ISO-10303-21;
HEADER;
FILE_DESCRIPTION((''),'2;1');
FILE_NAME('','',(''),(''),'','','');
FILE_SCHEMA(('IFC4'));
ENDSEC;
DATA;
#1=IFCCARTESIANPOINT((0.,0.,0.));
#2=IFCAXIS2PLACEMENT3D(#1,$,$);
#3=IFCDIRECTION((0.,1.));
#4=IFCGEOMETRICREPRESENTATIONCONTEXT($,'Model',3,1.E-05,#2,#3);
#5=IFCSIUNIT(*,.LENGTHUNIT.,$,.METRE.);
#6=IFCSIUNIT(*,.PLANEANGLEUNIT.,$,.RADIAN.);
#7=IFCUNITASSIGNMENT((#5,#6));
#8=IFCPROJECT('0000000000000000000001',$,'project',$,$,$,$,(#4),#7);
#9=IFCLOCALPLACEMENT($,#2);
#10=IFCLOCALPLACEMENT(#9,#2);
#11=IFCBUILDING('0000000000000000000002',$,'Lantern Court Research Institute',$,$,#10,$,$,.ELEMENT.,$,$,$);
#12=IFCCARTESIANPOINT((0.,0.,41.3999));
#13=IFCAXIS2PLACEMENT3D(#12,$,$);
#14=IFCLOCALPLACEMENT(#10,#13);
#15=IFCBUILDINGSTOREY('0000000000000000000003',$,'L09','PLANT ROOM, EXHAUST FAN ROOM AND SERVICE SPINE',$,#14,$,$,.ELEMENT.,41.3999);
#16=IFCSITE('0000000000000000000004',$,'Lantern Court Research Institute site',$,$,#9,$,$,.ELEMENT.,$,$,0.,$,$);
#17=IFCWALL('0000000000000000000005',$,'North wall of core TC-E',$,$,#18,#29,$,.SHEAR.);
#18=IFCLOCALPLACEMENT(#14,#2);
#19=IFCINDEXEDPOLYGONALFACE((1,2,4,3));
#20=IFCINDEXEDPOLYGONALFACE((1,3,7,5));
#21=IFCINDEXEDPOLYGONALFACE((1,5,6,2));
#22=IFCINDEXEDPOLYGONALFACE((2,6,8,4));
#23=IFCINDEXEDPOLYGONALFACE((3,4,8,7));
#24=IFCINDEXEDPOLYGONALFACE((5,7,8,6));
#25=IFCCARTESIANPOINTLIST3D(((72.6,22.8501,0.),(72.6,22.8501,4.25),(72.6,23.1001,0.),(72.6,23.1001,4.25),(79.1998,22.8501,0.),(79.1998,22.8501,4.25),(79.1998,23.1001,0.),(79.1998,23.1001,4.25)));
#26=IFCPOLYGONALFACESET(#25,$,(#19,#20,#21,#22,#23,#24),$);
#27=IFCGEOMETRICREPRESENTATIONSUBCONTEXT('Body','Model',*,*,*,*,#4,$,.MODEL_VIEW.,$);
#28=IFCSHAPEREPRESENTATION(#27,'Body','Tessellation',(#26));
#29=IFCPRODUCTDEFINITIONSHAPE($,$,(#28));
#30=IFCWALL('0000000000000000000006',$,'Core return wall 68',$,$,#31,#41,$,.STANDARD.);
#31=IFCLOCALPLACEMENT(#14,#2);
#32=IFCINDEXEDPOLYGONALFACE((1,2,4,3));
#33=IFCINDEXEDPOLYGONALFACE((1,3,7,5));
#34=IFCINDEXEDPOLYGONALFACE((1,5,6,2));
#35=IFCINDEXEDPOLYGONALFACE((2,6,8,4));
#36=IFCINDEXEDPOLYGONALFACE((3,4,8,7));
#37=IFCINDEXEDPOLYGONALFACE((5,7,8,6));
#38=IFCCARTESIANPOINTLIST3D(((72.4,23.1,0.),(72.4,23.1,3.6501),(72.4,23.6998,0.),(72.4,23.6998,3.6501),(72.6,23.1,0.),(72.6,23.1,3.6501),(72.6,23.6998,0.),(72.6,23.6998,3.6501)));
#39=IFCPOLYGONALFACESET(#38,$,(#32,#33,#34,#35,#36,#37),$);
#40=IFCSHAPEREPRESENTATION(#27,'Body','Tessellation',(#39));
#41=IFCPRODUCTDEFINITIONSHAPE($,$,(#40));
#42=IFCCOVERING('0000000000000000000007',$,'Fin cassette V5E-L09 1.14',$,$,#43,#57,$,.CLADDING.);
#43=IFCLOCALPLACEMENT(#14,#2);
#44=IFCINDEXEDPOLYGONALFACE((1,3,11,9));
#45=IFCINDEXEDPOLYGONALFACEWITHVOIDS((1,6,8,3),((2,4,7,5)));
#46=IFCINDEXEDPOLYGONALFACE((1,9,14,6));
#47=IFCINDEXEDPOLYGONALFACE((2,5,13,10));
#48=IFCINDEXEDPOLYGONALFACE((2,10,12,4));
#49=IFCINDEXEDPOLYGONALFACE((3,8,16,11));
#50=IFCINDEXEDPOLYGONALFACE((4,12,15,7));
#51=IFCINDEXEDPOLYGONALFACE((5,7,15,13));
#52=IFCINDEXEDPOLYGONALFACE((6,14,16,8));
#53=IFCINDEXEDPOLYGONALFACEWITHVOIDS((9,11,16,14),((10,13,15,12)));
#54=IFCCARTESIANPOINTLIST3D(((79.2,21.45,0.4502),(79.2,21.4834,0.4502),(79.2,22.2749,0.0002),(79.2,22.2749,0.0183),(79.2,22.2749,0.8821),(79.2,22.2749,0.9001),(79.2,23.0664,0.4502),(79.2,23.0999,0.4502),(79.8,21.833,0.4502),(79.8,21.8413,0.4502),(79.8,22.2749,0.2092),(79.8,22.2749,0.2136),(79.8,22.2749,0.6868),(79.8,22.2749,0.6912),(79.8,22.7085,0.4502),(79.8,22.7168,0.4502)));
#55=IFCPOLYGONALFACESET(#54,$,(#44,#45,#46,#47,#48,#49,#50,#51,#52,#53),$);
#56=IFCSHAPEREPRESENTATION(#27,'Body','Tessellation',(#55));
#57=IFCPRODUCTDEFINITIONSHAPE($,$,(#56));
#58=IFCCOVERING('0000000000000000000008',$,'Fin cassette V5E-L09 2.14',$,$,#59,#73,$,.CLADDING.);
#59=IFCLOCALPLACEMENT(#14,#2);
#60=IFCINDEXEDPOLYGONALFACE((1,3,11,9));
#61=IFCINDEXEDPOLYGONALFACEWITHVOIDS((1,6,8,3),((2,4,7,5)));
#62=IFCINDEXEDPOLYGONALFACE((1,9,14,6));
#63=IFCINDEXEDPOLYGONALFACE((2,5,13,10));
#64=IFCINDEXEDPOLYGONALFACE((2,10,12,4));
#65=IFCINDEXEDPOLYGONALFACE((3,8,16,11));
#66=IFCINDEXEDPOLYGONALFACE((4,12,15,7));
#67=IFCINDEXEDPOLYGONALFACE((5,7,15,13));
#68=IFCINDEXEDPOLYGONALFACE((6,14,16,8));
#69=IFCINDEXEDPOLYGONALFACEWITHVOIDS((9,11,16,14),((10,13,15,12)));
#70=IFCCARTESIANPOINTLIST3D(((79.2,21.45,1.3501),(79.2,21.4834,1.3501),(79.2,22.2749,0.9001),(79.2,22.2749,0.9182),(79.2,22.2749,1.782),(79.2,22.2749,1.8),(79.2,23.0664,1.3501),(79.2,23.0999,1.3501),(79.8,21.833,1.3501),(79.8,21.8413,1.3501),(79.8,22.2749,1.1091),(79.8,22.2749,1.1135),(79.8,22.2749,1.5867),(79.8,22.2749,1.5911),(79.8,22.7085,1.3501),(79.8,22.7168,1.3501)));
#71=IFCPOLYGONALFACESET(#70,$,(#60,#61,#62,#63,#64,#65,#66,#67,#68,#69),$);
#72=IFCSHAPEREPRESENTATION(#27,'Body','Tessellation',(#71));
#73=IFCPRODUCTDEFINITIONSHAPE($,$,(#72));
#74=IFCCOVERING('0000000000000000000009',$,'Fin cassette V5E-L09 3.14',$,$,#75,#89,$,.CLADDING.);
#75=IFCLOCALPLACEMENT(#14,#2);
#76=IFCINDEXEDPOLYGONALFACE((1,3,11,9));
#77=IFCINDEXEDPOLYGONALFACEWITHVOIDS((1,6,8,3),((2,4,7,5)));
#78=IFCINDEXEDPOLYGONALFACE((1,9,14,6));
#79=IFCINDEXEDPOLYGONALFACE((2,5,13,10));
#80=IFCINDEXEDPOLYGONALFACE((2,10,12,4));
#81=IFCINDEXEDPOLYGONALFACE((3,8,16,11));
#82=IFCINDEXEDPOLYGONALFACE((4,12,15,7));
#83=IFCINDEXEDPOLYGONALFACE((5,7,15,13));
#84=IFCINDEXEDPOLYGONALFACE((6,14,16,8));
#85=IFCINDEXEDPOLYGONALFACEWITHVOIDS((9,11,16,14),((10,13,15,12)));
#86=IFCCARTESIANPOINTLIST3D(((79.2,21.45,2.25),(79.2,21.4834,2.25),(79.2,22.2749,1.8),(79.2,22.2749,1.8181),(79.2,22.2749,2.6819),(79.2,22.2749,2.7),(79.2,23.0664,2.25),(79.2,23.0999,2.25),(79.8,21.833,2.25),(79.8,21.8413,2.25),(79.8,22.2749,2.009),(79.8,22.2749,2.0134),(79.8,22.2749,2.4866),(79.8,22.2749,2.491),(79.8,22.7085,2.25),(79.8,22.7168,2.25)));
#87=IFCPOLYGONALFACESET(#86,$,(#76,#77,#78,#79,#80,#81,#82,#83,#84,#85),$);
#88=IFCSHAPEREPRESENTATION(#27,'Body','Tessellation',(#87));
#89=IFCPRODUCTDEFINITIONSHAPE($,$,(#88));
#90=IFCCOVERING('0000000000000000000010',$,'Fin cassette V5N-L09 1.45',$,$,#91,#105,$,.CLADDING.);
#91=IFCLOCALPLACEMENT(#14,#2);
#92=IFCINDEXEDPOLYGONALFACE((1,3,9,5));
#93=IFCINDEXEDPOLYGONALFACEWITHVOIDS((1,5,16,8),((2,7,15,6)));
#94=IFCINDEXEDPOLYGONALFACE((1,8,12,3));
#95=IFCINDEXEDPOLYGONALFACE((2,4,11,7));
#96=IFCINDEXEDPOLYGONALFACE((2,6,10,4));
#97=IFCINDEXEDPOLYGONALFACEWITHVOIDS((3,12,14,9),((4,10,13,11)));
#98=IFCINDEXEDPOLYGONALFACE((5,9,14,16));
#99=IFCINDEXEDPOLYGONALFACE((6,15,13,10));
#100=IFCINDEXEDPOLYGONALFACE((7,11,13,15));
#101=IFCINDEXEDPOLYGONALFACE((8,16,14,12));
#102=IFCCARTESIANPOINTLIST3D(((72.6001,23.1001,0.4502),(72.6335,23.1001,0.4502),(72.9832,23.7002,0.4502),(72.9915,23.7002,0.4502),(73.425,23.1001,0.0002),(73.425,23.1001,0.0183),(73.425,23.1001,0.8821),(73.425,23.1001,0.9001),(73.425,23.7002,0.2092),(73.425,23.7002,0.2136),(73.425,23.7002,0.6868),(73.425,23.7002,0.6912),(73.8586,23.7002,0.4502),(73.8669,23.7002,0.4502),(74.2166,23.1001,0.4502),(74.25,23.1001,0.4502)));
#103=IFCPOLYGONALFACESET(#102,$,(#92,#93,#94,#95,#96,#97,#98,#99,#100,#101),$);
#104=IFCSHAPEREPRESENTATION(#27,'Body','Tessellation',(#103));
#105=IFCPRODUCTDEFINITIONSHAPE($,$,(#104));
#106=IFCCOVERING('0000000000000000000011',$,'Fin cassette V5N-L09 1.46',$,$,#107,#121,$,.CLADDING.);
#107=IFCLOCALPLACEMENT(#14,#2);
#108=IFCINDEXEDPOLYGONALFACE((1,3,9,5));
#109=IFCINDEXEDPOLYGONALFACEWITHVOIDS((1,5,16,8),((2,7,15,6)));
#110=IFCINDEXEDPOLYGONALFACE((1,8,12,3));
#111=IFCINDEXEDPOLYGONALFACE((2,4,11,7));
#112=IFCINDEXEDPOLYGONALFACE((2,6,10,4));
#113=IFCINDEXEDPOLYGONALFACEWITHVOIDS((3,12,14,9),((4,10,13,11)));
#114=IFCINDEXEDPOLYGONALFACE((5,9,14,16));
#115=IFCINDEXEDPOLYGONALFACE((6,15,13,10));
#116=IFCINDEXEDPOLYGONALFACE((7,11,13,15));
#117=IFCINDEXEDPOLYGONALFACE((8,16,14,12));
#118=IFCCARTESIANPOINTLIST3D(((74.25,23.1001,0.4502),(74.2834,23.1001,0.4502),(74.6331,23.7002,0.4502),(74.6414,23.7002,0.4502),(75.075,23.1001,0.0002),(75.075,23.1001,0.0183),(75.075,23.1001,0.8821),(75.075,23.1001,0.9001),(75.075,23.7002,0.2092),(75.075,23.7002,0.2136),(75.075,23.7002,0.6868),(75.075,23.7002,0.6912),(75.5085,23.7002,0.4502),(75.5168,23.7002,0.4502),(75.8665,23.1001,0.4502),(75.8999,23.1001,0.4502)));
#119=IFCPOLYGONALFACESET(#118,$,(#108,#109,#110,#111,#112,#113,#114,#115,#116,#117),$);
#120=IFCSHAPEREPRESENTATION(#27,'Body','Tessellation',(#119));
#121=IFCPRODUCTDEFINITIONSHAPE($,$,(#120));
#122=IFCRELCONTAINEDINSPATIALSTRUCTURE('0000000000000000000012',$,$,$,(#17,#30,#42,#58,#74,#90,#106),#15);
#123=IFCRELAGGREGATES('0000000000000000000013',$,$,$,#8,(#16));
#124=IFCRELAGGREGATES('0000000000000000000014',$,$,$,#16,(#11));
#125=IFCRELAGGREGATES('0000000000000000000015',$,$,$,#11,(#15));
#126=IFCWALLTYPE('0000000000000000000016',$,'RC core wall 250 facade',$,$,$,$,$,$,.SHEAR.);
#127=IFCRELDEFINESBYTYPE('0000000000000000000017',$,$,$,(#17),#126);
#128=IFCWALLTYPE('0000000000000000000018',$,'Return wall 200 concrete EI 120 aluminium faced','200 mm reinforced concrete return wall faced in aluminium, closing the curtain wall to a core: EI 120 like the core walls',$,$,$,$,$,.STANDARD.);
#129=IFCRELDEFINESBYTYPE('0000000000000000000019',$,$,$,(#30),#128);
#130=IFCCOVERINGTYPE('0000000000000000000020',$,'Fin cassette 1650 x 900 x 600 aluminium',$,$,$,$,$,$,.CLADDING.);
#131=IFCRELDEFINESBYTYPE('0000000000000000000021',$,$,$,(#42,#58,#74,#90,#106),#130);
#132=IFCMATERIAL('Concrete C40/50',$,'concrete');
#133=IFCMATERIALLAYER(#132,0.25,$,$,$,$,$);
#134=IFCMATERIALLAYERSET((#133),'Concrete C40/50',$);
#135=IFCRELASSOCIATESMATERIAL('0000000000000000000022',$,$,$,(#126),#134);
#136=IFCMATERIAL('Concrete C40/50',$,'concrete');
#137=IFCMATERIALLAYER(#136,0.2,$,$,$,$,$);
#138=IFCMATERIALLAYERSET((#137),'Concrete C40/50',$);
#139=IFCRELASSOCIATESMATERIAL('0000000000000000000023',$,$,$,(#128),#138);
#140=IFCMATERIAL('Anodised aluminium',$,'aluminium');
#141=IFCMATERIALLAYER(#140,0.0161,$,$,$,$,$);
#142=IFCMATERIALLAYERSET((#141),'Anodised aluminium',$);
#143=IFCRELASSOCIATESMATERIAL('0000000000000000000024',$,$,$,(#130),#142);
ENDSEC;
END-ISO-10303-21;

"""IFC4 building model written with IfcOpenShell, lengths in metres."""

from ifc_helpers import new_model, entity, si_unit, direction, frame, frame_2d, origin, place, context, subcontext, project, spatial, rectangle, extrude, material, layer, layer_set, type_object, element, save


model = new_model("IFC4")

# Units and contexts
model_context = context("Model", 3, precision=1e-05, world=origin(), true_north=direction((0.0, 1.0)))
body_context = subcontext(model_context, "Body", "Model", "MODEL_VIEW")
ifc_project = project(units=[si_unit("LENGTHUNIT", "METRE"), si_unit("PLANEANGLEUNIT", "RADIAN")], contexts=[model_context])

# Site, building, storey
site_placement = place(None, origin())
site = spatial("IfcSite", under=ifc_project, at=site_placement, Name="Lantern Court Research Institute site", CompositionType="ELEMENT", RefElevation=0.0)
building_placement = place(site_placement, origin())
building = spatial("IfcBuilding", under=site, at=building_placement, Name="Lantern Court Research Institute", CompositionType="ELEMENT")
storey_placement = place(building_placement, frame((0.0, 0.0, 41.3999)))
storey = spatial("IfcBuildingStorey", under=building, at=storey_placement, Name="L09", Description="PLANT ROOM, EXHAUST FAN ROOM AND SERVICE SPINE", CompositionType="ELEMENT", Elevation=41.3999)

# Walls
ifc_material_1 = material(Name="Concrete C40/50", Category="concrete")
ifc_layer_1 = layer(ifc_material_1, 0.25)
ifc_layer_set_1 = layer_set([ifc_layer_1], Name="Concrete C40/50")
wall_type_1 = type_object("IfcWallType", Name="RC core wall 250 facade", PredefinedType="SHEAR", material=ifc_layer_set_1)
wall_1_placement = place(storey_placement, frame((72.6001, 22.9751, 0.0), z_axis=(0.0, 0.0, 1.0), x_axis=(1.0, 0.0, 0.0)))
element("IfcWall", 1, at=wall_1_placement, inside=storey, type_object=wall_type_1, Name="North wall of core TC-E", PredefinedType="SHEAR", context=body_context, shape_type="SweptSolid", body=[
    extrude(rectangle(XDim=6.5999, YDim=0.25, at=frame_2d((3.2998, 0.0))), origin(), (0.0, 0.0, 1.0), 4.25),
])
ifc_material_2 = material(Name="Concrete C40/50", Category="concrete")
ifc_layer_2 = layer(ifc_material_2, 0.2)
ifc_layer_set_2 = layer_set([ifc_layer_2], Name="Concrete C40/50")
wall_type_2 = type_object("IfcWallType", Name="Return wall 200 concrete EI 120 aluminium faced", Description="200 mm reinforced concrete return wall faced in aluminium, closing the curtain wall to a core: EI 120 like the core walls", PredefinedType="STANDARD", material=ifc_layer_set_2)
wall_2_placement = place(storey_placement, frame((72.5, 23.1001, 0.0), z_axis=(0.0, 0.0, 1.0), x_axis=(0.0, 1.0, 0.0)))
element("IfcWall", 2, at=wall_2_placement, inside=storey, type_object=wall_type_2, Name="Core return wall 68", PredefinedType="STANDARD", context=body_context, shape_type="SweptSolid", body=[
    extrude(rectangle(XDim=0.5999, YDim=0.2, at=frame_2d((0.2998, 0.0))), origin(), (0.0, 0.0, 1.0), 3.6501),
])

# Coverings
ifc_material_3 = material(Name="Anodised aluminium", Category="aluminium")
ifc_layer_3 = layer(ifc_material_3, 0.0161)
ifc_layer_set_3 = layer_set([ifc_layer_3], Name="Anodised aluminium")
covering_type = type_object("IfcCoveringType", Name="Fin cassette 1650 x 900 x 600 aluminium", PredefinedType="CLADDING", material=ifc_layer_set_3)
covering_1_placement = place(storey_placement, frame((79.2, 22.2749, 0.4502), z_axis=(1.0, 0.0, 0.0), x_axis=(0.0, 1.0, 0.0)))
cartesian_point_1 = entity("IfcCartesianPoint", [0.825, 0.0])
cartesian_point_2 = entity("IfcCartesianPoint", [0.7915, 0.0])
cartesian_point_3 = entity("IfcCartesianPoint", [0.4419, 0.0])
cartesian_point_4 = entity("IfcCartesianPoint", [0.4336, 0.0])
element("IfcCovering", 3, at=covering_1_placement, inside=storey, type_object=covering_type, Name="Fin cassette V5E-L09 1.14", PredefinedType="CLADDING", context=body_context, shape_type="SweptSolid", body=[
    entity("IfcExtrudedAreaSolidTapered", entity("IfcArbitraryProfileDefWithVoids", "AREA", None, entity("IfcPolyline", [cartesian_point_1, entity("IfcCartesianPoint", [0.0, 0.45]), entity("IfcCartesianPoint", [-0.825, 0.0]), entity("IfcCartesianPoint", [0.0, -0.45]), cartesian_point_1]), [entity("IfcPolyline", [cartesian_point_2, entity("IfcCartesianPoint", [0.0, 0.4319]), entity("IfcCartesianPoint", [-0.7915, 0.0]), entity("IfcCartesianPoint", [0.0, -0.4319]), cartesian_point_2])]), entity("IfcAxis2Placement3D", entity("IfcCartesianPoint", [0.0, 0.0, 0.0])), entity("IfcDirection", [0.0, 0.0, 1.0]), 0.6001, entity("IfcArbitraryProfileDefWithVoids", "AREA", None, entity("IfcPolyline", [cartesian_point_3, entity("IfcCartesianPoint", [0.0, 0.241]), entity("IfcCartesianPoint", [-0.4419, 0.0]), entity("IfcCartesianPoint", [0.0, -0.241]), cartesian_point_3]), [entity("IfcPolyline", [cartesian_point_4, entity("IfcCartesianPoint", [0.0, 0.2366]), entity("IfcCartesianPoint", [-0.4336, 0.0]), entity("IfcCartesianPoint", [0.0, -0.2366]), cartesian_point_4])])),
])
covering_2_placement = place(storey_placement, frame((79.2, 22.2749, 1.3501), z_axis=(1.0, 0.0, 0.0), x_axis=(0.0, 1.0, 0.0)))
cartesian_point_5 = entity("IfcCartesianPoint", [0.825, 0.0])
cartesian_point_6 = entity("IfcCartesianPoint", [0.7915, 0.0])
cartesian_point_7 = entity("IfcCartesianPoint", [0.4419, 0.0])
cartesian_point_8 = entity("IfcCartesianPoint", [0.4336, 0.0])
element("IfcCovering", 4, at=covering_2_placement, inside=storey, type_object=covering_type, Name="Fin cassette V5E-L09 2.14", PredefinedType="CLADDING", context=body_context, shape_type="SweptSolid", body=[
    entity("IfcExtrudedAreaSolidTapered", entity("IfcArbitraryProfileDefWithVoids", "AREA", None, entity("IfcPolyline", [cartesian_point_5, entity("IfcCartesianPoint", [0.0, 0.45]), entity("IfcCartesianPoint", [-0.825, 0.0]), entity("IfcCartesianPoint", [0.0, -0.45]), cartesian_point_5]), [entity("IfcPolyline", [cartesian_point_6, entity("IfcCartesianPoint", [0.0, 0.4319]), entity("IfcCartesianPoint", [-0.7915, 0.0]), entity("IfcCartesianPoint", [0.0, -0.4319]), cartesian_point_6])]), entity("IfcAxis2Placement3D", entity("IfcCartesianPoint", [0.0, 0.0, 0.0])), entity("IfcDirection", [0.0, 0.0, 1.0]), 0.6001, entity("IfcArbitraryProfileDefWithVoids", "AREA", None, entity("IfcPolyline", [cartesian_point_7, entity("IfcCartesianPoint", [0.0, 0.241]), entity("IfcCartesianPoint", [-0.4419, 0.0]), entity("IfcCartesianPoint", [0.0, -0.241]), cartesian_point_7]), [entity("IfcPolyline", [cartesian_point_8, entity("IfcCartesianPoint", [0.0, 0.2366]), entity("IfcCartesianPoint", [-0.4336, 0.0]), entity("IfcCartesianPoint", [0.0, -0.2366]), cartesian_point_8])])),
])
covering_3_placement = place(storey_placement, frame((79.2, 22.2749, 2.25), z_axis=(1.0, 0.0, 0.0), x_axis=(0.0, 1.0, 0.0)))
cartesian_point_9 = entity("IfcCartesianPoint", [0.825, 0.0])
cartesian_point_10 = entity("IfcCartesianPoint", [0.7915, 0.0])
cartesian_point_11 = entity("IfcCartesianPoint", [0.4419, 0.0])
cartesian_point_12 = entity("IfcCartesianPoint", [0.4336, 0.0])
element("IfcCovering", 5, at=covering_3_placement, inside=storey, type_object=covering_type, Name="Fin cassette V5E-L09 3.14", PredefinedType="CLADDING", context=body_context, shape_type="SweptSolid", body=[
    entity("IfcExtrudedAreaSolidTapered", entity("IfcArbitraryProfileDefWithVoids", "AREA", None, entity("IfcPolyline", [cartesian_point_9, entity("IfcCartesianPoint", [0.0, 0.45]), entity("IfcCartesianPoint", [-0.825, 0.0]), entity("IfcCartesianPoint", [0.0, -0.45]), cartesian_point_9]), [entity("IfcPolyline", [cartesian_point_10, entity("IfcCartesianPoint", [0.0, 0.4319]), entity("IfcCartesianPoint", [-0.7915, 0.0]), entity("IfcCartesianPoint", [0.0, -0.4319]), cartesian_point_10])]), entity("IfcAxis2Placement3D", entity("IfcCartesianPoint", [0.0, 0.0, 0.0])), entity("IfcDirection", [0.0, 0.0, 1.0]), 0.6001, entity("IfcArbitraryProfileDefWithVoids", "AREA", None, entity("IfcPolyline", [cartesian_point_11, entity("IfcCartesianPoint", [0.0, 0.241]), entity("IfcCartesianPoint", [-0.4419, 0.0]), entity("IfcCartesianPoint", [0.0, -0.241]), cartesian_point_11]), [entity("IfcPolyline", [cartesian_point_12, entity("IfcCartesianPoint", [0.0, 0.2366]), entity("IfcCartesianPoint", [-0.4336, 0.0]), entity("IfcCartesianPoint", [0.0, -0.2366]), cartesian_point_12])])),
])
covering_4_placement = place(storey_placement, frame((73.425, 23.1001, 0.4502), z_axis=(0.0, 1.0, 0.0), x_axis=(-1.0, 0.0, 0.0)))
cartesian_point_13 = entity("IfcCartesianPoint", [0.825, 0.0])
cartesian_point_14 = entity("IfcCartesianPoint", [0.7915, 0.0])
cartesian_point_15 = entity("IfcCartesianPoint", [0.4419, 0.0])
cartesian_point_16 = entity("IfcCartesianPoint", [0.4336, 0.0])
element("IfcCovering", 6, at=covering_4_placement, inside=storey, type_object=covering_type, Name="Fin cassette V5N-L09 1.45", PredefinedType="CLADDING", context=body_context, shape_type="SweptSolid", body=[
    entity("IfcExtrudedAreaSolidTapered", entity("IfcArbitraryProfileDefWithVoids", "AREA", None, entity("IfcPolyline", [cartesian_point_13, entity("IfcCartesianPoint", [0.0, 0.45]), entity("IfcCartesianPoint", [-0.825, 0.0]), entity("IfcCartesianPoint", [0.0, -0.45]), cartesian_point_13]), [entity("IfcPolyline", [cartesian_point_14, entity("IfcCartesianPoint", [0.0, 0.4319]), entity("IfcCartesianPoint", [-0.7915, 0.0]), entity("IfcCartesianPoint", [0.0, -0.4319]), cartesian_point_14])]), entity("IfcAxis2Placement3D", entity("IfcCartesianPoint", [0.0, 0.0, 0.0])), entity("IfcDirection", [0.0, 0.0, 1.0]), 0.6001, entity("IfcArbitraryProfileDefWithVoids", "AREA", None, entity("IfcPolyline", [cartesian_point_15, entity("IfcCartesianPoint", [0.0, 0.241]), entity("IfcCartesianPoint", [-0.4419, 0.0]), entity("IfcCartesianPoint", [0.0, -0.241]), cartesian_point_15]), [entity("IfcPolyline", [cartesian_point_16, entity("IfcCartesianPoint", [0.0, 0.2366]), entity("IfcCartesianPoint", [-0.4336, 0.0]), entity("IfcCartesianPoint", [0.0, -0.2366]), cartesian_point_16])])),
])
covering_5_placement = place(storey_placement, frame((75.075, 23.1001, 0.4502), z_axis=(0.0, 1.0, 0.0), x_axis=(-1.0, 0.0, 0.0)))
cartesian_point_17 = entity("IfcCartesianPoint", [0.825, 0.0])
cartesian_point_18 = entity("IfcCartesianPoint", [0.7915, 0.0])
cartesian_point_19 = entity("IfcCartesianPoint", [0.4419, 0.0])
cartesian_point_20 = entity("IfcCartesianPoint", [0.4336, 0.0])
element("IfcCovering", 7, at=covering_5_placement, inside=storey, type_object=covering_type, Name="Fin cassette V5N-L09 1.46", PredefinedType="CLADDING", context=body_context, shape_type="SweptSolid", body=[
    entity("IfcExtrudedAreaSolidTapered", entity("IfcArbitraryProfileDefWithVoids", "AREA", None, entity("IfcPolyline", [cartesian_point_17, entity("IfcCartesianPoint", [0.0, 0.45]), entity("IfcCartesianPoint", [-0.825, 0.0]), entity("IfcCartesianPoint", [0.0, -0.45]), cartesian_point_17]), [entity("IfcPolyline", [cartesian_point_18, entity("IfcCartesianPoint", [0.0, 0.4319]), entity("IfcCartesianPoint", [-0.7915, 0.0]), entity("IfcCartesianPoint", [0.0, -0.4319]), cartesian_point_18])]), entity("IfcAxis2Placement3D", entity("IfcCartesianPoint", [0.0, 0.0, 0.0])), entity("IfcDirection", [0.0, 0.0, 1.0]), 0.6001, entity("IfcArbitraryProfileDefWithVoids", "AREA", None, entity("IfcPolyline", [cartesian_point_19, entity("IfcCartesianPoint", [0.0, 0.241]), entity("IfcCartesianPoint", [-0.4419, 0.0]), entity("IfcCartesianPoint", [0.0, -0.241]), cartesian_point_19]), [entity("IfcPolyline", [cartesian_point_20, entity("IfcCartesianPoint", [0.0, 0.2366]), entity("IfcCartesianPoint", [-0.4336, 0.0]), entity("IfcCartesianPoint", [0.0, -0.2366]), cartesian_point_20])])),
])

save(model, "model.ifc")
